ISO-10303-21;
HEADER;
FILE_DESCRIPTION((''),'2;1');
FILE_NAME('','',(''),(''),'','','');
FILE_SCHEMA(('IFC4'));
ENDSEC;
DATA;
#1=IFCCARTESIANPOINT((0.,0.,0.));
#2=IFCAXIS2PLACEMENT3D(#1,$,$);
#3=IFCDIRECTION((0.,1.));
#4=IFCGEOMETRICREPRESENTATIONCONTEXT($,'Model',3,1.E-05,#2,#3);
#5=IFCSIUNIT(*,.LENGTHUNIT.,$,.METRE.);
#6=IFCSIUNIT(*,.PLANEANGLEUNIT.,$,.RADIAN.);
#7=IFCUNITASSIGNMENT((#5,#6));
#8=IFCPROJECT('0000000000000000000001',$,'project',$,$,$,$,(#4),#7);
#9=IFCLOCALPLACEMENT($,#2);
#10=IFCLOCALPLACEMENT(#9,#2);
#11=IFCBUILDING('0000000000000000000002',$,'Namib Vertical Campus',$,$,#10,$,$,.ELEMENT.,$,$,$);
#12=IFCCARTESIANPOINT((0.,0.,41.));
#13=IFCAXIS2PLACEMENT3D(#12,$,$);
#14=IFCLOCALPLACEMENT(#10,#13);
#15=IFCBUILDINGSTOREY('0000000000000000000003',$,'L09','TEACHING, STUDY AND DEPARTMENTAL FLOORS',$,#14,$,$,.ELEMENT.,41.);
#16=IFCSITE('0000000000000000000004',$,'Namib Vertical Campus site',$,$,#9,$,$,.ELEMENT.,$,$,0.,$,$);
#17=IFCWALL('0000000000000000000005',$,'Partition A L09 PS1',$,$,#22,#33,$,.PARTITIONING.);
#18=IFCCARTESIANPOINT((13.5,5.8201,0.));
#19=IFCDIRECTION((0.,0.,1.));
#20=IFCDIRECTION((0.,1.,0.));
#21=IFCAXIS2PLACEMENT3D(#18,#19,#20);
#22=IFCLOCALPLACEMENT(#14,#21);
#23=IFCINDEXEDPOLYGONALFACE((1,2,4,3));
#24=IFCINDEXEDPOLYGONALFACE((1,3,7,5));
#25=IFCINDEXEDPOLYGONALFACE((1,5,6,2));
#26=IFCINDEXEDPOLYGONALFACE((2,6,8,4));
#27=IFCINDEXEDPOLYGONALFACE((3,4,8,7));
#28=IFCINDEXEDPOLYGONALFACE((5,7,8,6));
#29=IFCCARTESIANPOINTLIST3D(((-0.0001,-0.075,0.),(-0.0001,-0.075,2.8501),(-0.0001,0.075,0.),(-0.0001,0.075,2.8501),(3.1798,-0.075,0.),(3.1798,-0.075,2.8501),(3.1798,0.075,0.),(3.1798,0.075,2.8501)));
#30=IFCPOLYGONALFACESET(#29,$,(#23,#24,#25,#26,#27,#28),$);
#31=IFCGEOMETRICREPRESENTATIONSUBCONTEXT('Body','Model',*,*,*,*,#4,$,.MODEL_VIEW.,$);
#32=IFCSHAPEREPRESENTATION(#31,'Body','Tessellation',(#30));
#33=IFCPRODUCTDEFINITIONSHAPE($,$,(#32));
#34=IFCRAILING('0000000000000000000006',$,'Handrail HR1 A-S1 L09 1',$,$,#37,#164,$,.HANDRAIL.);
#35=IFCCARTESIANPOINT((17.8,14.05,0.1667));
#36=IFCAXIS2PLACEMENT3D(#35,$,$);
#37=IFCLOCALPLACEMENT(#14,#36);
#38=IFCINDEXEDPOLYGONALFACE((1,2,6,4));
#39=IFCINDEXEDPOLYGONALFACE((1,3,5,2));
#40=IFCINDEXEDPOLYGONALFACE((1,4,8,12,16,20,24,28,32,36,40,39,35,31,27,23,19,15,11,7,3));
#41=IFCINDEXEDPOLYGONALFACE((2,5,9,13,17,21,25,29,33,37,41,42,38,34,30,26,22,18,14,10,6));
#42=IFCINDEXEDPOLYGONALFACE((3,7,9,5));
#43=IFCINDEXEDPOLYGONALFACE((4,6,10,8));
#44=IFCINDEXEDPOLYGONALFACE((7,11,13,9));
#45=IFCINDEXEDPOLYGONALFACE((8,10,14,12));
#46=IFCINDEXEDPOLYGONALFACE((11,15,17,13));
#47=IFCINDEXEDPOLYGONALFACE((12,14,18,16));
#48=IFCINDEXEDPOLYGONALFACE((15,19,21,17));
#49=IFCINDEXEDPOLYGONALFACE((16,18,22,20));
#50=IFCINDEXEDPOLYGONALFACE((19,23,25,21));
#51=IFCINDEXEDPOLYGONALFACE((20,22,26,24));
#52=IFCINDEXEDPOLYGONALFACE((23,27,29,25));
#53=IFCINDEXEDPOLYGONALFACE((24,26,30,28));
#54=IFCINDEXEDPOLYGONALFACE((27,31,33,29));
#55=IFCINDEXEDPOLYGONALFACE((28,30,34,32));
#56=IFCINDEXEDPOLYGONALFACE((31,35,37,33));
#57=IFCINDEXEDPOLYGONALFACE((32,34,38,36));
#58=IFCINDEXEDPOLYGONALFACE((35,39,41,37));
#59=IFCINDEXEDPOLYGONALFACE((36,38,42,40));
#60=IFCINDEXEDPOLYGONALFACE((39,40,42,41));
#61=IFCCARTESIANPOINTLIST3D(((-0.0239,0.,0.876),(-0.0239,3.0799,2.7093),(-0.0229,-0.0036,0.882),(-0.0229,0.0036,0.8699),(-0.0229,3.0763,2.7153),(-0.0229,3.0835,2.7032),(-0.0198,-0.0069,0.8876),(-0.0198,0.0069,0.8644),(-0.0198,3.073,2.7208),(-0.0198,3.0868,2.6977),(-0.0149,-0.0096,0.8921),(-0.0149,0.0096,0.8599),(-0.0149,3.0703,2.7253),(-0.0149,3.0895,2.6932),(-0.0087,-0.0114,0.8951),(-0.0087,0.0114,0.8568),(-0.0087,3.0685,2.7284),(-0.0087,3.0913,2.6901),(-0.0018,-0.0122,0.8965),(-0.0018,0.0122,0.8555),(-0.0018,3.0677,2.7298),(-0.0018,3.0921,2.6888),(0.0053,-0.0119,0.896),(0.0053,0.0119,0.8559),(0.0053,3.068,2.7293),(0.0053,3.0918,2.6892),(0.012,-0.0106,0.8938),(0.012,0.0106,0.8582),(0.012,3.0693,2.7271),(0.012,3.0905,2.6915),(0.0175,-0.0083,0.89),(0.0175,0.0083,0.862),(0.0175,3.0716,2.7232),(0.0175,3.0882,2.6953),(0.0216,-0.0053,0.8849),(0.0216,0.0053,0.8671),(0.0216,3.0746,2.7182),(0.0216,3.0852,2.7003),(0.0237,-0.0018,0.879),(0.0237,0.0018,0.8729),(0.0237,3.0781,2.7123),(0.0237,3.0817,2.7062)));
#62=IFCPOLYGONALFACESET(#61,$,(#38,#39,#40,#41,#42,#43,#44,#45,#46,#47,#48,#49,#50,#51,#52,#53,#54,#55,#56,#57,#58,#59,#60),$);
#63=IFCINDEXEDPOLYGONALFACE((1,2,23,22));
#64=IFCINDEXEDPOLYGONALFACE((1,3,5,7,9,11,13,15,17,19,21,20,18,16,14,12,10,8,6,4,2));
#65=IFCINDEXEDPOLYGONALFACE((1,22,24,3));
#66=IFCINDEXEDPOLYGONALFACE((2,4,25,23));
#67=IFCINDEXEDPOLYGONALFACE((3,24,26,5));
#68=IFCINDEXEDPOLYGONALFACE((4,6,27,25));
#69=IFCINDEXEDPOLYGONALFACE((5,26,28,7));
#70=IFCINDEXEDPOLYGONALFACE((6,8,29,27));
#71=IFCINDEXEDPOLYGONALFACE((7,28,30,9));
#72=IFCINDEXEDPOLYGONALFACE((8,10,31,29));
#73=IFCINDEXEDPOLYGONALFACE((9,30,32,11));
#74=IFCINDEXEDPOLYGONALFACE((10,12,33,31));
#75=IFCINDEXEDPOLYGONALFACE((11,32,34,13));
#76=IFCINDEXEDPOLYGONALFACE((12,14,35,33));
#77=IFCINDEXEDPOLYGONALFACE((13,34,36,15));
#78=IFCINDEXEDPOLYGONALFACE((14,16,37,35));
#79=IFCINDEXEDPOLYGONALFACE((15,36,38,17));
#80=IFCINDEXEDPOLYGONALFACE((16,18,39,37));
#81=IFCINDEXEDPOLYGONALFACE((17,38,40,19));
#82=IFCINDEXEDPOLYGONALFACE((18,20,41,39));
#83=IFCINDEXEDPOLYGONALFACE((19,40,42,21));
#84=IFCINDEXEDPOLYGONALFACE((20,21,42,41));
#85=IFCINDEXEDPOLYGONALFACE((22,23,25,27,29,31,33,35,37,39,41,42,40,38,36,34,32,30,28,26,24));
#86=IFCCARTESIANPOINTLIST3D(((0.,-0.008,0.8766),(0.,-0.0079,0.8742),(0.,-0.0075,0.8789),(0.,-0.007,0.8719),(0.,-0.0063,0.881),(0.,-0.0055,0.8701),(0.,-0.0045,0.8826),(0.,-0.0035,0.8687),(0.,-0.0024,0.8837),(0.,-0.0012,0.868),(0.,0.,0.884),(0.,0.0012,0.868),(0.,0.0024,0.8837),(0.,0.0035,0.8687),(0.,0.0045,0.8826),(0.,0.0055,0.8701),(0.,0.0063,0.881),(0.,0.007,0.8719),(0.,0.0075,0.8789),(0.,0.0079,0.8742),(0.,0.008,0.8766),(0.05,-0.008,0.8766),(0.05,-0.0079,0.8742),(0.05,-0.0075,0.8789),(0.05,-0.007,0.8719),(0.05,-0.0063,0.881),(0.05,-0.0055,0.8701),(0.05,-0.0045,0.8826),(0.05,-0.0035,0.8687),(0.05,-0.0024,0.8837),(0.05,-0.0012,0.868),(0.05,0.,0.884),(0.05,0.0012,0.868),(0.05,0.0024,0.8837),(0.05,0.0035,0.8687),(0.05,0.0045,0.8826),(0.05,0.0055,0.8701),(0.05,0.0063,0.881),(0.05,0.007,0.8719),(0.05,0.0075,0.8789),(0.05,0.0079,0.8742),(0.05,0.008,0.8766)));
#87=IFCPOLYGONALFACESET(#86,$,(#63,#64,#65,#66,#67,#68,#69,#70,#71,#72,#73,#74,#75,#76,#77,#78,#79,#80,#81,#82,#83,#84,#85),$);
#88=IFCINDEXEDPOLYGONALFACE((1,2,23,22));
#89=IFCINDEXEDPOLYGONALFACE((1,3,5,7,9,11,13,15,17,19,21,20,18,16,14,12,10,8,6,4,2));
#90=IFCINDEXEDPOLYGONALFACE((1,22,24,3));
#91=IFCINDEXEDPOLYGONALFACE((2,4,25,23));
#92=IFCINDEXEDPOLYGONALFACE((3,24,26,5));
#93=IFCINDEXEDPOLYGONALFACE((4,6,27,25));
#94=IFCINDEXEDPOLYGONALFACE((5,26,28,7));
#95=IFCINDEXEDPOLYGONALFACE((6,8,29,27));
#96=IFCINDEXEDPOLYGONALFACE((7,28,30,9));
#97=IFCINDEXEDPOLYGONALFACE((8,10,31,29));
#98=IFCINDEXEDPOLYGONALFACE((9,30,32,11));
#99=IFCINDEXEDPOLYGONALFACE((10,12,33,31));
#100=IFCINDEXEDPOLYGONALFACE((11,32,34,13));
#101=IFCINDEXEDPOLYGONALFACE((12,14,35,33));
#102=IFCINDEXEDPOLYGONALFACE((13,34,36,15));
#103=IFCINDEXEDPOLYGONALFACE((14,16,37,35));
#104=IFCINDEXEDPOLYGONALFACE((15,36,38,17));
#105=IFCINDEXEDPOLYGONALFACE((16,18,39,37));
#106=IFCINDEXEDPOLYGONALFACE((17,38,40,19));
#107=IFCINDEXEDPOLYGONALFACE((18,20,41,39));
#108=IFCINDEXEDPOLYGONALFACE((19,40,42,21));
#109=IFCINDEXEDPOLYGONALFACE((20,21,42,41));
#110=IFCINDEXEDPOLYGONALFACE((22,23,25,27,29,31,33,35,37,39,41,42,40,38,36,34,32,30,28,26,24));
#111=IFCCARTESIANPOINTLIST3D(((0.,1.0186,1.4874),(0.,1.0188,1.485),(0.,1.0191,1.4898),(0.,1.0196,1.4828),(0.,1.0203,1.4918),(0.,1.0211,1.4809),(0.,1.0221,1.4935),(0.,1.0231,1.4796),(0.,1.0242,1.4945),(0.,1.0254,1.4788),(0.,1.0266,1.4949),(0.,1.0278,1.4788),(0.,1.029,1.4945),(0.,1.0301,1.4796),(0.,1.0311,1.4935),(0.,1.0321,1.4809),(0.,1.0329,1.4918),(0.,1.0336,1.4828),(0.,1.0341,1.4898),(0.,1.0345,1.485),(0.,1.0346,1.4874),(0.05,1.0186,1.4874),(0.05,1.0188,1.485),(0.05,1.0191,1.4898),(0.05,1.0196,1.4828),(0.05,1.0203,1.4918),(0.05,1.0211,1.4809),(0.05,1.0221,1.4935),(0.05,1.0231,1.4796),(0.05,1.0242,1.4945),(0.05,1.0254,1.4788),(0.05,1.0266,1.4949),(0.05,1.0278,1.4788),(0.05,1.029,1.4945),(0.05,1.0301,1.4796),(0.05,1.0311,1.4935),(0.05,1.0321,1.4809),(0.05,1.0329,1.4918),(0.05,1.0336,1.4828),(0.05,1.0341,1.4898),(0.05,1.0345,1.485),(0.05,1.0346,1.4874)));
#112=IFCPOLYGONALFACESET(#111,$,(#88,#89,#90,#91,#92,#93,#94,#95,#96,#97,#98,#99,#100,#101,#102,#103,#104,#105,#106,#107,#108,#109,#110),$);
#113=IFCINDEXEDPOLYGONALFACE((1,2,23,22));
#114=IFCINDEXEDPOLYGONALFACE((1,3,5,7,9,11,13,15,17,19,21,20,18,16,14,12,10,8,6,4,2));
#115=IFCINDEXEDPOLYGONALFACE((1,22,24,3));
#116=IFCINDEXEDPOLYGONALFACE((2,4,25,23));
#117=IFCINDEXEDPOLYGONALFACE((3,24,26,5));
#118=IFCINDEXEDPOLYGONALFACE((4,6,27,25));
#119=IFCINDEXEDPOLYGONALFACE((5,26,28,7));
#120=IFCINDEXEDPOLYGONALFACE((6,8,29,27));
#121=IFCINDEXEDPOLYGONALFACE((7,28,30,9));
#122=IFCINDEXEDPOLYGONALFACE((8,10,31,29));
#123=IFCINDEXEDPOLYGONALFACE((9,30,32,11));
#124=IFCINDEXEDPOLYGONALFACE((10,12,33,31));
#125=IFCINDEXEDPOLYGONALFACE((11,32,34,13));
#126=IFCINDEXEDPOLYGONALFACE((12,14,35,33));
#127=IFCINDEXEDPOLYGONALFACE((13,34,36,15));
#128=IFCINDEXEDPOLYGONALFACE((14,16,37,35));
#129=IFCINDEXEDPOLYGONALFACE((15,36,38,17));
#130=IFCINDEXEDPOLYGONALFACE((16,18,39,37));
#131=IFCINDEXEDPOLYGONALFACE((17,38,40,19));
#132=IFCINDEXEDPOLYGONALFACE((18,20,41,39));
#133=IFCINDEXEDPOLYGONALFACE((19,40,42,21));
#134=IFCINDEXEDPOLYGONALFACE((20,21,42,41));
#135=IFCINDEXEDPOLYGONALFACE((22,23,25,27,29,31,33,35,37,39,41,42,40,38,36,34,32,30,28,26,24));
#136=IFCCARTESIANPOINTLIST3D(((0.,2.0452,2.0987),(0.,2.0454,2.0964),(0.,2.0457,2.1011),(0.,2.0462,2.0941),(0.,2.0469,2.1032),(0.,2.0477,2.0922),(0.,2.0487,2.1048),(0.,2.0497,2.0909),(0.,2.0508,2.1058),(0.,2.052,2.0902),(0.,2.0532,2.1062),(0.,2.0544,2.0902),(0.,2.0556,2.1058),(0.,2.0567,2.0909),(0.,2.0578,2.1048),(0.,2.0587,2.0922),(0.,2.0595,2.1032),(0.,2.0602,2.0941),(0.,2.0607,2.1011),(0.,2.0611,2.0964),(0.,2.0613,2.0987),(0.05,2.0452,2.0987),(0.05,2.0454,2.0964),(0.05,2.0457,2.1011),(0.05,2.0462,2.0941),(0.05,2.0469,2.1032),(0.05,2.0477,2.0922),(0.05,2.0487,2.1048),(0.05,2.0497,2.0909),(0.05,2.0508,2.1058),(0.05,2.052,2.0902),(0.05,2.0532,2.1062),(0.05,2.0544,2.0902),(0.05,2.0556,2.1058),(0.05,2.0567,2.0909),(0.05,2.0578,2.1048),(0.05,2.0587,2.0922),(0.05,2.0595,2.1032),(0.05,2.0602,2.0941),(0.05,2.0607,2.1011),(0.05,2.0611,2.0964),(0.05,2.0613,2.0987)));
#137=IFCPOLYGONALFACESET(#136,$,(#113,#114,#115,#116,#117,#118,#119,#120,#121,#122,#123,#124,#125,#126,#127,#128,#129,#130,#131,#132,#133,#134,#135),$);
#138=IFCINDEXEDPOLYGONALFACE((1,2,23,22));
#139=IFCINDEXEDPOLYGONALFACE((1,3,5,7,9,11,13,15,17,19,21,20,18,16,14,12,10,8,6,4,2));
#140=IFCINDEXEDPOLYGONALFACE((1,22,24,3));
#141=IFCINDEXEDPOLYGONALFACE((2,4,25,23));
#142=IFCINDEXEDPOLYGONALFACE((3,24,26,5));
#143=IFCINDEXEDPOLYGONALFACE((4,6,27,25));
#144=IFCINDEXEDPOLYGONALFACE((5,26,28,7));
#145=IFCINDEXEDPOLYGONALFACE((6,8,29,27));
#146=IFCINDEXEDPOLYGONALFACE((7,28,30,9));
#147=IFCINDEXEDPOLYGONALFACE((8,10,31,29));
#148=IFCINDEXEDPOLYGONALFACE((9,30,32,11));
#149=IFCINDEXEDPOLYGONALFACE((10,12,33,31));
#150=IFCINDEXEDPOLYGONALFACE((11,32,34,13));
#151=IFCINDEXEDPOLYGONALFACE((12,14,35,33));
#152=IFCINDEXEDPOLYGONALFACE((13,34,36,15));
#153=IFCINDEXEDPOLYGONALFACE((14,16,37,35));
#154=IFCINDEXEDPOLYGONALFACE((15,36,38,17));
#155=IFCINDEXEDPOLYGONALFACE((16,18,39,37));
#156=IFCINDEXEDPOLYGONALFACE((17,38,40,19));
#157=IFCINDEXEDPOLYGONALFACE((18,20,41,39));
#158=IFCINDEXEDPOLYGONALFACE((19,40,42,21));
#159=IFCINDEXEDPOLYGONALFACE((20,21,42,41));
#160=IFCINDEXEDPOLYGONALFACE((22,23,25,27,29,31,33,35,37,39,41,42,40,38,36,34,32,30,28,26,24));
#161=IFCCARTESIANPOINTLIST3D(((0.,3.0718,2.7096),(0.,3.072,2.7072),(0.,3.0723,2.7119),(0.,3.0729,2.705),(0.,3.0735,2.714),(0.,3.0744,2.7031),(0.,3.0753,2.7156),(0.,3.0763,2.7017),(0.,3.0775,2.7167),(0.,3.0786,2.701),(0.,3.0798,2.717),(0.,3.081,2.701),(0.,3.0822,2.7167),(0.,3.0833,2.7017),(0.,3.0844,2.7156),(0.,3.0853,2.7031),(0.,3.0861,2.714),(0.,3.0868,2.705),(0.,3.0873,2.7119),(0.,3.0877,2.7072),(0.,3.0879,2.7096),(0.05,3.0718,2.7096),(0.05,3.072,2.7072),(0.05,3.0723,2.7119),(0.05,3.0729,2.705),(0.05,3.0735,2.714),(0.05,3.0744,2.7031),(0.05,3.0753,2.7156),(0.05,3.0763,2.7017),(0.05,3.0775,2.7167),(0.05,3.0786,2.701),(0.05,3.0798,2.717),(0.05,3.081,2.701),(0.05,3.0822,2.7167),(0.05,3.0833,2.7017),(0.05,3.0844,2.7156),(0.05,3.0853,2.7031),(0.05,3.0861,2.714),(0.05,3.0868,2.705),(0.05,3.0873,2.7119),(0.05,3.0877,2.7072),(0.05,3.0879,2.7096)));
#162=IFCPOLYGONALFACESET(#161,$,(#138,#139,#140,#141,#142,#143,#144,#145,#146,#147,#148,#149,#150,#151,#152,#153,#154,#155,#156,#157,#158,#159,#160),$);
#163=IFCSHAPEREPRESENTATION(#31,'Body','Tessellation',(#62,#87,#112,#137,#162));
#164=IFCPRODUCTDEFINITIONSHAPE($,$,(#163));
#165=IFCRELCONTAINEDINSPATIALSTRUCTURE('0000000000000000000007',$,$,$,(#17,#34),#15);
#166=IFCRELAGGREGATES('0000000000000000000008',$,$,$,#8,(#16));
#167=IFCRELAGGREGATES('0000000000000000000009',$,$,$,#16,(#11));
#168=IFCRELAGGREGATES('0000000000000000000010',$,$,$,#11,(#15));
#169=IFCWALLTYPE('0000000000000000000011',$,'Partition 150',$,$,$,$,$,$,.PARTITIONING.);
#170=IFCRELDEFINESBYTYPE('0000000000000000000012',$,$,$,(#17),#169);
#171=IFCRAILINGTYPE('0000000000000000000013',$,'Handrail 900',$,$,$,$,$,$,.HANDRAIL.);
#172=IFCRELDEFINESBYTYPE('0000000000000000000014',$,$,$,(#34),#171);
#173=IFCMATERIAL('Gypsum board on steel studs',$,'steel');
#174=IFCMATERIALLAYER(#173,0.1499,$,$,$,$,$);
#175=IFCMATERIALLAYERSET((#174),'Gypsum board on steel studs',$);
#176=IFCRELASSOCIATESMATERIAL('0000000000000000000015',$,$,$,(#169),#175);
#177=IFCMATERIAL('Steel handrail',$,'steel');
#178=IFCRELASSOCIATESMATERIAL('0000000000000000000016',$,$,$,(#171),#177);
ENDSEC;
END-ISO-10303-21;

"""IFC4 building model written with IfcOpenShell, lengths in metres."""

from ifc_helpers import new_model, si_unit, direction, frame, frame_2d, origin, origin_2d, place, context, subcontext, project, spatial, rectangle, circle, extrude, material, layer, layer_set, type_object, element, save


model = new_model("IFC4")

# Units and contexts
model_context = context("Model", 3, precision=1e-05, world=origin(), true_north=direction((0.0, 1.0)))
body_context = subcontext(model_context, "Body", "Model", "MODEL_VIEW")
ifc_project = project(units=[si_unit("LENGTHUNIT", "METRE"), si_unit("PLANEANGLEUNIT", "RADIAN")], contexts=[model_context])

# Site, building, storey
site_placement = place(None, origin())
site = spatial("IfcSite", under=ifc_project, at=site_placement, Name="Namib Vertical Campus site", CompositionType="ELEMENT", RefElevation=0.0)
building_placement = place(site_placement, origin())
building = spatial("IfcBuilding", under=site, at=building_placement, Name="Namib Vertical Campus", CompositionType="ELEMENT")
storey_placement = place(building_placement, frame((0.0, 0.0, 41.0)))
storey = spatial("IfcBuildingStorey", under=building, at=storey_placement, Name="L09", Description="TEACHING, STUDY AND DEPARTMENTAL FLOORS", CompositionType="ELEMENT", Elevation=41.0)

# Wall
ifc_material_1 = material(Name="Gypsum board on steel studs", Category="steel")
ifc_layer_1 = layer(ifc_material_1, 0.1499)
ifc_layer_set_1 = layer_set([ifc_layer_1], Name="Gypsum board on steel studs")
wall_type_1 = type_object("IfcWallType", Name="Partition 150", PredefinedType="PARTITIONING", material=ifc_layer_set_1)
wall_1_placement = place(storey_placement, frame((13.5, 5.8201, 0.0), z_axis=(0.0, 0.0, 1.0), x_axis=(0.0, 1.0, 0.0)))
element("IfcWall", 1, at=wall_1_placement, inside=storey, type_object=wall_type_1, Name="Partition A L09 PS1", PredefinedType="PARTITIONING", context=body_context, shape_type="SweptSolid", body=[
    extrude(rectangle(XDim=3.1799, YDim=0.1499, at=frame_2d((1.5898, 0.0))), origin(), (0.0, 0.0, 1.0), 2.8501),
])

# Railing
ifc_material_2 = material(Name="Steel handrail", Category="steel")
railing_type_1 = type_object("IfcRailingType", Name="Handrail 900", PredefinedType="HANDRAIL", material=ifc_material_2)
railing_1_placement = place(storey_placement, frame((17.8, 14.05, 0.1667)))
element("IfcRailing", 2, at=railing_1_placement, inside=storey, type_object=railing_type_1, Name="Handrail HR1 A-S1 L09 1", PredefinedType="HANDRAIL", context=body_context, shape_type="SweptSolid", body=[
    extrude(circle(Radius=0.0239, at=origin_2d()), frame((0.0, 0.0, 0.876), z_axis=(0.0, 0.859291, 0.511487), x_axis=(-1.0, 0.0, 0.0)), (0.0, 0.0, 1.0), 3.5842),
    extrude(circle(Radius=0.0081, at=origin_2d()), frame((0.0, 0.0, 0.876), z_axis=(1.0, 0.0, 0.0), x_axis=(0.0, 0.0, 1.0)), (0.0, 0.0, 1.0), 0.05),
    extrude(circle(Radius=0.0081, at=origin_2d()), frame((0.0, 1.0266, 1.4868), z_axis=(1.0, 0.0, 0.0), x_axis=(0.0, 0.0, 1.0)), (0.0, 0.0, 1.0), 0.05),
    extrude(circle(Radius=0.0081, at=origin_2d()), frame((0.0, 2.0532, 2.0981), z_axis=(1.0, 0.0, 0.0), x_axis=(0.0, 0.0, 1.0)), (0.0, 0.0, 1.0), 0.05),
    extrude(circle(Radius=0.0081, at=origin_2d()), frame((0.0, 3.0798, 2.709), z_axis=(1.0, 0.0, 0.0), x_axis=(0.0, 0.0, 1.0)), (0.0, 0.0, 1.0), 0.05),
])

save(model, "model.ifc")
